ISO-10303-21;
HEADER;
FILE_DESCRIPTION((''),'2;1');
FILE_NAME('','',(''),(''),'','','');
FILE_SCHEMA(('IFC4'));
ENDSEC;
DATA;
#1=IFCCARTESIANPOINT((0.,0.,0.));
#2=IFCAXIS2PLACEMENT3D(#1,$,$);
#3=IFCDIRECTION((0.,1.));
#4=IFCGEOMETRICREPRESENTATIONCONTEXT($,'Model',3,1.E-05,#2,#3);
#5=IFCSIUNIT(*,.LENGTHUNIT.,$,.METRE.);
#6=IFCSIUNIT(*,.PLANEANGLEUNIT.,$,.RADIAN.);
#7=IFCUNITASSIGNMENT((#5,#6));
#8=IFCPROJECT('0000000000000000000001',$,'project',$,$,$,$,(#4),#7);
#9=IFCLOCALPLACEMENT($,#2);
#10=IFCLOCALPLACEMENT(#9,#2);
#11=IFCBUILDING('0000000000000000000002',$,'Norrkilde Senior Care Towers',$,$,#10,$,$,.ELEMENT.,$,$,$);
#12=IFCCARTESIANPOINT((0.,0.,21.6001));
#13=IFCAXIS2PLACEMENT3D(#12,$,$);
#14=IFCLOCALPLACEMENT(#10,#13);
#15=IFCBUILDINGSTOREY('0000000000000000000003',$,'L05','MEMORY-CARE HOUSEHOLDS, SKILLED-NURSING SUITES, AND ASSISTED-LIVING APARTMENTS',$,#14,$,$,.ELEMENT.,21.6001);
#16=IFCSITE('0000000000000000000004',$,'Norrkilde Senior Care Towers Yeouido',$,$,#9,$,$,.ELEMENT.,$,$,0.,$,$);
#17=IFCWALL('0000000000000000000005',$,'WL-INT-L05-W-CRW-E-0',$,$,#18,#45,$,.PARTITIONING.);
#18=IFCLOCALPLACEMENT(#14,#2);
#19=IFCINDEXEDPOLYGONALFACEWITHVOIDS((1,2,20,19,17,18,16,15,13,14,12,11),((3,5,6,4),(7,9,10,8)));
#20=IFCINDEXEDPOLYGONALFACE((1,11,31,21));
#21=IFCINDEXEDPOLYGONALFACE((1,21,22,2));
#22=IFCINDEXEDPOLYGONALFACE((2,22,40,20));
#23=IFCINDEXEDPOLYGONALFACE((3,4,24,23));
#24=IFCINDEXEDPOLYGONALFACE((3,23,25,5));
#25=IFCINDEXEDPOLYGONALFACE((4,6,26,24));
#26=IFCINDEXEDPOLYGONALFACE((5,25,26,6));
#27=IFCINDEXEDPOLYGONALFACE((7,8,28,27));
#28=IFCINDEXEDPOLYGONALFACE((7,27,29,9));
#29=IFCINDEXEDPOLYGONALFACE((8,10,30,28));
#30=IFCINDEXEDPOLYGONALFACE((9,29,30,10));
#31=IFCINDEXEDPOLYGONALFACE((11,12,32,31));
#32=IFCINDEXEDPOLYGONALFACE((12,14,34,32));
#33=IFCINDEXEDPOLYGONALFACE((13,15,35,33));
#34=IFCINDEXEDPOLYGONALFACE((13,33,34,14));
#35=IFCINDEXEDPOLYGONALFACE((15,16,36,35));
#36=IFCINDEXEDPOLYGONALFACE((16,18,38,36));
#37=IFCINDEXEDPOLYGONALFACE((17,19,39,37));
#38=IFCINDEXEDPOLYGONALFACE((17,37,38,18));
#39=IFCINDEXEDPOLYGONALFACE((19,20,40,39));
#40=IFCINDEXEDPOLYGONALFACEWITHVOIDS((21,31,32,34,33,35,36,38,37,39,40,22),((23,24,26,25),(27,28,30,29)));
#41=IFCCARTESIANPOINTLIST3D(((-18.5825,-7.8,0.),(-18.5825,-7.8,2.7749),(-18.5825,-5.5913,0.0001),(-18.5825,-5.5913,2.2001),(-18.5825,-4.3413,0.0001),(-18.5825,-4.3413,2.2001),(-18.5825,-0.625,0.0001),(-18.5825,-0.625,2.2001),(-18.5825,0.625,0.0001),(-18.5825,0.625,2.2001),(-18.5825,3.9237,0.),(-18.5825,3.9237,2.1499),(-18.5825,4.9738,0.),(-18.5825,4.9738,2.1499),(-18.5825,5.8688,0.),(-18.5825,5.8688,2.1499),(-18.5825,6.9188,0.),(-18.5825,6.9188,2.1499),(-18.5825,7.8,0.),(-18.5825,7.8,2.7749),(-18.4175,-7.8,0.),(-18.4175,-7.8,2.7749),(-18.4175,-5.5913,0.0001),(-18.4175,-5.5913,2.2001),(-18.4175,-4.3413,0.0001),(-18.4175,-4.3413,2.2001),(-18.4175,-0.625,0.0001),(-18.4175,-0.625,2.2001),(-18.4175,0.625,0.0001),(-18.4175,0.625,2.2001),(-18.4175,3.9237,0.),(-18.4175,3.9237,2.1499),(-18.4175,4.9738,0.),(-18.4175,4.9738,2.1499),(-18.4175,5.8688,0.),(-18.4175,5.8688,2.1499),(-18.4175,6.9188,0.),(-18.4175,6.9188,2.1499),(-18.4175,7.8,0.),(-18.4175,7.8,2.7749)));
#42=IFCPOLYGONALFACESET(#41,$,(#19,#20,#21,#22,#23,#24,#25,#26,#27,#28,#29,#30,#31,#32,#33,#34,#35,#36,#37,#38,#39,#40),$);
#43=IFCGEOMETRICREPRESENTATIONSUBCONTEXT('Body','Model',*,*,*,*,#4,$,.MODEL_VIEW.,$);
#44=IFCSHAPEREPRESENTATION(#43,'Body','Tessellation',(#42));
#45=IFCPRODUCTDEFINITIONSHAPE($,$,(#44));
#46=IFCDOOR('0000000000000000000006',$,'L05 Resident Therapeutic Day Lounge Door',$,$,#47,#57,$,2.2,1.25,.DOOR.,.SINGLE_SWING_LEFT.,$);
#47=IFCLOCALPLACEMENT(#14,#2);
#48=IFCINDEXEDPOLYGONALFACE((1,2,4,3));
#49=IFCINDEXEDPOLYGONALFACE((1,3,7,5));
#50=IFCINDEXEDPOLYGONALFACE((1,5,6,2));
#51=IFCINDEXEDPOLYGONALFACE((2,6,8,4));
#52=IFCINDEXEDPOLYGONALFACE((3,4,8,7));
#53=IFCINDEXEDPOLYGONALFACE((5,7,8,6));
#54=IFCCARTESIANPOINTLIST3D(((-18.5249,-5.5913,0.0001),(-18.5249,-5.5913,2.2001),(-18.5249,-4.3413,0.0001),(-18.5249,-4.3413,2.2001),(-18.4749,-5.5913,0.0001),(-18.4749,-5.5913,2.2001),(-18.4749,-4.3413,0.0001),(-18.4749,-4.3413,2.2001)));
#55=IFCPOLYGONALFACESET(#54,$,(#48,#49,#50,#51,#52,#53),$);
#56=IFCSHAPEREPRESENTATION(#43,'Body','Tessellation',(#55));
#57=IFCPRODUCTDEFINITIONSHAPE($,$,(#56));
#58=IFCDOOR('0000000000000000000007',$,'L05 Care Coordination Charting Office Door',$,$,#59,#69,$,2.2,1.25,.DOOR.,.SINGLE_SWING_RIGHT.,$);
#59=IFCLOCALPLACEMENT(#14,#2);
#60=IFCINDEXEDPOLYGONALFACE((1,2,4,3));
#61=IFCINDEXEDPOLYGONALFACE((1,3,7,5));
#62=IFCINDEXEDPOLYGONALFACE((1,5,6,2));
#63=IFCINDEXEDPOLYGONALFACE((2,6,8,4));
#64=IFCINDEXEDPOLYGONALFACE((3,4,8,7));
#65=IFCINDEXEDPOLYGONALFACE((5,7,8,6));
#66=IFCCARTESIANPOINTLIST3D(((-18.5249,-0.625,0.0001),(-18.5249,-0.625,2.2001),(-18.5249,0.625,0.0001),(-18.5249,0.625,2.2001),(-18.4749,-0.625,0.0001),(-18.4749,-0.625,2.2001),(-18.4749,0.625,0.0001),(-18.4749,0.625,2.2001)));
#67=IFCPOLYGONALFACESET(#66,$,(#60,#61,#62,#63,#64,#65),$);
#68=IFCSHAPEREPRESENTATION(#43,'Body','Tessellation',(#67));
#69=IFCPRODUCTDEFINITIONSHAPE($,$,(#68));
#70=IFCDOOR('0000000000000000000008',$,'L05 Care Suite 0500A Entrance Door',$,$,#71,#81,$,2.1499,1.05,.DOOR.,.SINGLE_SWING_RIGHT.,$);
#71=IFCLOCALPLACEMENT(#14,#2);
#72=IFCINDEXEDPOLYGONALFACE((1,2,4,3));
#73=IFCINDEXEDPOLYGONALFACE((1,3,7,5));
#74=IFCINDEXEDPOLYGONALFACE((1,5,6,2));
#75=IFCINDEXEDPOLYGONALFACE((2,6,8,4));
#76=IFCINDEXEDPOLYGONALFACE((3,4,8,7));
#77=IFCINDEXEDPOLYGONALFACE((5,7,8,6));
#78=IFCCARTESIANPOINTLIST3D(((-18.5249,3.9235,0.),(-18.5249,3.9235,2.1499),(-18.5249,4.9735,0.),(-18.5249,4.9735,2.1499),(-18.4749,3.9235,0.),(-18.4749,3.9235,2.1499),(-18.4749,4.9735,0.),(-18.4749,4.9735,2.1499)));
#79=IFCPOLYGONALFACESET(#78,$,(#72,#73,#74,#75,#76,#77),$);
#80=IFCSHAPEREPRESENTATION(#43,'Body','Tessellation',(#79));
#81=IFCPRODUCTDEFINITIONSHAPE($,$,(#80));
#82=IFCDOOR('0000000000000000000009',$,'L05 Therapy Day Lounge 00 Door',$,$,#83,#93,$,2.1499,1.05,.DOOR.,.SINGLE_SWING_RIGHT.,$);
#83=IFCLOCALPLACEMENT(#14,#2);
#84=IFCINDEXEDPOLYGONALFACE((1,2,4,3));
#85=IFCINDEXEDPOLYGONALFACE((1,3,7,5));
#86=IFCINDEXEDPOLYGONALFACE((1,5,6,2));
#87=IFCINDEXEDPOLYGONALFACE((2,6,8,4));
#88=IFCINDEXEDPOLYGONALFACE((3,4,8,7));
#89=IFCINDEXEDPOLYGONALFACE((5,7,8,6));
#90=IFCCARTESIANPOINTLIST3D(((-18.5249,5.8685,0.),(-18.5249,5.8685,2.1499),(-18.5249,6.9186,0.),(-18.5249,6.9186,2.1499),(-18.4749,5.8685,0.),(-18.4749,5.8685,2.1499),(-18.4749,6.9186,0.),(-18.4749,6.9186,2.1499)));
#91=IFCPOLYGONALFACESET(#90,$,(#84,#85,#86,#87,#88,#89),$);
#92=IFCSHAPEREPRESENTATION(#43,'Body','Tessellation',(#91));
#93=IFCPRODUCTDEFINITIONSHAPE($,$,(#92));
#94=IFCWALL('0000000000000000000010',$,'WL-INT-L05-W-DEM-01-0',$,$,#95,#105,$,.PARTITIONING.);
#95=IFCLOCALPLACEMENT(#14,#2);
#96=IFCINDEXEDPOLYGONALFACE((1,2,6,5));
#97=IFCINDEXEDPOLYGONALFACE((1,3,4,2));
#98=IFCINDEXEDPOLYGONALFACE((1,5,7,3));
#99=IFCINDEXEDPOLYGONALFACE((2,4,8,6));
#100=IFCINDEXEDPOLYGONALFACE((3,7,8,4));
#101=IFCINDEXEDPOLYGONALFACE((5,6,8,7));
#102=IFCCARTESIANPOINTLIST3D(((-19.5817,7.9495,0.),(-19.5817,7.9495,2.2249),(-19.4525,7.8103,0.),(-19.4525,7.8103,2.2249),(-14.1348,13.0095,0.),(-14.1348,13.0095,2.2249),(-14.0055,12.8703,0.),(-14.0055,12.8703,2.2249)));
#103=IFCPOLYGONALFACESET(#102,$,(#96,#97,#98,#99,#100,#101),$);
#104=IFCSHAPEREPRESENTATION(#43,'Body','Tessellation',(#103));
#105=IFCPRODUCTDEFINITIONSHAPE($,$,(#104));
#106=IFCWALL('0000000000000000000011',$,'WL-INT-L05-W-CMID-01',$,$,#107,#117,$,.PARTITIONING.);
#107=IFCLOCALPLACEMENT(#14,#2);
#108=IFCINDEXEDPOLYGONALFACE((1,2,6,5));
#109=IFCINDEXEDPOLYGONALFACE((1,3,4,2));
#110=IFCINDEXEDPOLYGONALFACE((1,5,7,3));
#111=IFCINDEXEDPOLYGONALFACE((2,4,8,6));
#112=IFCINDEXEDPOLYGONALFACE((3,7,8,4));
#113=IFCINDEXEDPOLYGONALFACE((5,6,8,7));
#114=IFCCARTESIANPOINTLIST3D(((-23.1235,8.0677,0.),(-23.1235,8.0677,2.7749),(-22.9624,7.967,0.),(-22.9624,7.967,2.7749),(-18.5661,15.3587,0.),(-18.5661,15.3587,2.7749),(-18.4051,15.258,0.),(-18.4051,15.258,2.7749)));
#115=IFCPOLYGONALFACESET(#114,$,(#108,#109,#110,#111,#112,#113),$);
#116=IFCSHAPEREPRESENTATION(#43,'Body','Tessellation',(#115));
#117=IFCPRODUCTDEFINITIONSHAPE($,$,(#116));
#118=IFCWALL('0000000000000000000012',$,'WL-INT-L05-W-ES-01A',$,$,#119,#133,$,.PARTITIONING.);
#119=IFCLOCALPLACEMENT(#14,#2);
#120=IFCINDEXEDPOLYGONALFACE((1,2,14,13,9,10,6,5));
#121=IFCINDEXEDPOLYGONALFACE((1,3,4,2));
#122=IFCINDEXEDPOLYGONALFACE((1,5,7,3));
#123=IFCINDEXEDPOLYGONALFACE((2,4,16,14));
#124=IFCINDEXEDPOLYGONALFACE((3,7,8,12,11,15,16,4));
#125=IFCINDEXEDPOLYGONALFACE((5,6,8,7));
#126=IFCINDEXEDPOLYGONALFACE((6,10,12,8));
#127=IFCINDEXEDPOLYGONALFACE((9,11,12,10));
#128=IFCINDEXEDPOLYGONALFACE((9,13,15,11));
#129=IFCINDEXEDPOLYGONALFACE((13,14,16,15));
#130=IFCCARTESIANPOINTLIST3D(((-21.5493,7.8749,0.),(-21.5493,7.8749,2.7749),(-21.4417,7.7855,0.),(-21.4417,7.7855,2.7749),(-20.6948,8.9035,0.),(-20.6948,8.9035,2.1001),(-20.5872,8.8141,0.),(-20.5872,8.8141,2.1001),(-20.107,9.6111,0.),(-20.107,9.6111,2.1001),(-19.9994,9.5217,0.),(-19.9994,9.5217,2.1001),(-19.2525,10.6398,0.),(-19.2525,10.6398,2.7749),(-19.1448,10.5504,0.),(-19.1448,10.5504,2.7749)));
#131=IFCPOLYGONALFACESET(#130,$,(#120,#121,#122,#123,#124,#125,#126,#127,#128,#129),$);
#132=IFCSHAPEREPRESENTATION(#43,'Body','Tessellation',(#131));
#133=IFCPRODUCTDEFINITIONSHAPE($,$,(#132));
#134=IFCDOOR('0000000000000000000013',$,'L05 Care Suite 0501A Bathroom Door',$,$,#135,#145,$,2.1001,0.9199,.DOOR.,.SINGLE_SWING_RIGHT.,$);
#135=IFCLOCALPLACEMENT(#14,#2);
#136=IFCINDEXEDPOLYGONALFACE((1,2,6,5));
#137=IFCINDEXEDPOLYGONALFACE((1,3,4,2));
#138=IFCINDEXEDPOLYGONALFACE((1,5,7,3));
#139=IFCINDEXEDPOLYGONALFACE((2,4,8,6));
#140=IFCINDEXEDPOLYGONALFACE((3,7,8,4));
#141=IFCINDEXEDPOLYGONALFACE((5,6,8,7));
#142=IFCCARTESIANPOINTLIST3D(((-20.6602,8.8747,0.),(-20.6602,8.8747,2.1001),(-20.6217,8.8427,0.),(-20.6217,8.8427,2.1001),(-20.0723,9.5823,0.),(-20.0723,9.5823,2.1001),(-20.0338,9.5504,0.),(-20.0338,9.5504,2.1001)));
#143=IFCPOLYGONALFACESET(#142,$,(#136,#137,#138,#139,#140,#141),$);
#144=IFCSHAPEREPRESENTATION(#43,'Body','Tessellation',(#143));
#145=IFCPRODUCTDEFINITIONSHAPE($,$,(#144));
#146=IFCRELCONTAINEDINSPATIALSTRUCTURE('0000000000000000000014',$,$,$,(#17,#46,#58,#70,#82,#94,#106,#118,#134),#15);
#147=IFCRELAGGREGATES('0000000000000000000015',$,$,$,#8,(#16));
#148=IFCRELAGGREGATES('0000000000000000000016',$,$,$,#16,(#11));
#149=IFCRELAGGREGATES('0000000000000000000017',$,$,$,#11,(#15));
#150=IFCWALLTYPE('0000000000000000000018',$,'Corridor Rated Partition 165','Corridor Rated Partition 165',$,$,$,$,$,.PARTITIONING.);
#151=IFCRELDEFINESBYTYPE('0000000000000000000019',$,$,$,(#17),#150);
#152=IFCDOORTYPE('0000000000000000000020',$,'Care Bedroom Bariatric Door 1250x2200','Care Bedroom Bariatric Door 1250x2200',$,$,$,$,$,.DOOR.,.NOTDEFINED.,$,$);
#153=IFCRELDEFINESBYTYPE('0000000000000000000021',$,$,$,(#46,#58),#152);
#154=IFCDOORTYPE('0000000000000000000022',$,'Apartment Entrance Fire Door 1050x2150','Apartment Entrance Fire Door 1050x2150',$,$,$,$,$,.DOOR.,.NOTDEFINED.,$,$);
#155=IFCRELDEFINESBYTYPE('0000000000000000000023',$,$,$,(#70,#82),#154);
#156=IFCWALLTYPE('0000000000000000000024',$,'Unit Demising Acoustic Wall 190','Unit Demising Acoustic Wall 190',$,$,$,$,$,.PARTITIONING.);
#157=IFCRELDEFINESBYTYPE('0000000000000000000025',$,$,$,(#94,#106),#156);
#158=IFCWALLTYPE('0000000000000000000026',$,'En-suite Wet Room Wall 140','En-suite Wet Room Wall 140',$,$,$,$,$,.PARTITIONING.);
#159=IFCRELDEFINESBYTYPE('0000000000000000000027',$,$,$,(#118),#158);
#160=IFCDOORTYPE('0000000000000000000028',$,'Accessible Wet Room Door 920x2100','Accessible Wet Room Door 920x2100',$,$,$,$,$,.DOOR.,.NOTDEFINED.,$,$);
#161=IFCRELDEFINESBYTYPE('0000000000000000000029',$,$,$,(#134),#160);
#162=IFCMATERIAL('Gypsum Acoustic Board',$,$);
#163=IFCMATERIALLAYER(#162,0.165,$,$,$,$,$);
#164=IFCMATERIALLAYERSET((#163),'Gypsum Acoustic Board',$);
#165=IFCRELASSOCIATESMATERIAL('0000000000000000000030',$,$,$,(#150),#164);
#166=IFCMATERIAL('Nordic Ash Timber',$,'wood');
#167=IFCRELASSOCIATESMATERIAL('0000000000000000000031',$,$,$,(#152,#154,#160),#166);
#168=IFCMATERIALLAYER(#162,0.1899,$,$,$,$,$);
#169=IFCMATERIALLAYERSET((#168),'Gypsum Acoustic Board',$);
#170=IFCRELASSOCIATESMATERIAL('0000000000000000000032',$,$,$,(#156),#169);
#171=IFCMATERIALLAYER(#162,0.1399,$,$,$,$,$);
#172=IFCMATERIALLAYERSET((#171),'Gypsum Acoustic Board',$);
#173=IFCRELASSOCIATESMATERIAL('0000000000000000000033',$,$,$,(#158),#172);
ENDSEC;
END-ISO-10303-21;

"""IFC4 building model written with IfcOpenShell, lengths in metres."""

from ifc_helpers import new_model, si_unit, direction, frame, frame_2d, origin, place, context, subcontext, project, spatial, rectangle, extrude, source, transform, mapped, material, layer, layer_set, type_object, type_shapes, element, fill, save


model = new_model("IFC4")

# Units and contexts
model_context = context("Model", 3, precision=1e-05, world=origin(), true_north=direction((0.0, 1.0)))
body_context = subcontext(model_context, "Body", "Model", "MODEL_VIEW")
ifc_project = project(units=[si_unit("LENGTHUNIT", "METRE"), si_unit("PLANEANGLEUNIT", "RADIAN")], contexts=[model_context])

# Site, building, storey
site_placement = place(None, origin())
site = spatial("IfcSite", under=ifc_project, at=site_placement, Name="Norrkilde Senior Care Towers Yeouido", CompositionType="ELEMENT", RefElevation=0.0)
building_placement = place(site_placement, origin())
building = spatial("IfcBuilding", under=site, at=building_placement, Name="Norrkilde Senior Care Towers", CompositionType="ELEMENT")
storey_placement = place(building_placement, frame((0.0, 0.0, 21.6001)))
storey = spatial("IfcBuildingStorey", under=building, at=storey_placement, Name="L05", Description="MEMORY-CARE HOUSEHOLDS, SKILLED-NURSING SUITES, AND ASSISTED-LIVING APARTMENTS", CompositionType="ELEMENT", Elevation=21.6001)

# Wall, openings, doors
ifc_material_1 = material(Name="Gypsum Acoustic Board")
ifc_layer_1 = layer(ifc_material_1, 0.165)
ifc_layer_set_1 = layer_set([ifc_layer_1], Name="Gypsum Acoustic Board")
wall_type_1 = type_object("IfcWallType", Name="Corridor Rated Partition 165", Description="Corridor Rated Partition 165", PredefinedType="PARTITIONING", material=ifc_layer_set_1)
shared_shape_1 = source(origin(), body_context, "Body", "SweptSolid", [
    extrude(rectangle(XDim=15.6001, YDim=0.165, at=frame_2d((7.8, 0.0))), origin(), (0.0, 0.0, 1.0), 2.7749),
])
type_shapes(wall_type_1, [shared_shape_1])
wall_1_placement = place(storey_placement, frame((-18.5, 7.8, 0.0), z_axis=(0.0, 0.0, 1.0), x_axis=(0.0, -1.0, 0.0)))
wall_1 = element("IfcWall", 1, at=wall_1_placement, inside=storey, type_object=wall_type_1, Name="WL-INT-L05-W-CRW-E-0", PredefinedType="PARTITIONING", context=body_context, shape_type="MappedRepresentation", body=[
    mapped(shared_shape_1, transform((0.0, 0.0, 0.0), x_axis=(1.0, 0.0, 0.0), y_axis=(0.0, 1.0, 0.0), z_axis=(0.0, 0.0, 1.0), scale=1.0)),
])
opening_1_placement = place(wall_1_placement, frame((12.1414, 0.0, 0.0)))
opening_1 = element("IfcOpeningElement", 2, at=opening_1_placement, cuts=wall_1, PredefinedType="OPENING", context=body_context, shape_type="SweptSolid", body=[
    extrude(rectangle(XDim=1.25, YDim=2.2, at=frame_2d((0.625, 1.1001))), frame((0.0, 0.0925, 0.0), z_axis=(0.0, -1.0, 0.0), x_axis=(1.0, 0.0, 0.0)), (0.0, 0.0, 1.0), 0.1851),
])
opening_2_placement = place(wall_1_placement, frame((7.175, 0.0, 0.0)))
opening_2 = element("IfcOpeningElement", 3, at=opening_2_placement, cuts=wall_1, PredefinedType="OPENING", context=body_context, shape_type="SweptSolid", body=[
    extrude(rectangle(XDim=1.25, YDim=2.2, at=frame_2d((0.625, 1.1001))), frame((0.0, 0.0925, 0.0), z_axis=(0.0, -1.0, 0.0), x_axis=(1.0, 0.0, 0.0)), (0.0, 0.0, 1.0), 0.1851),
])
opening_3_placement = place(wall_1_placement, frame((2.8264, 0.0, 0.0)))
opening_3 = element("IfcOpeningElement", 4, at=opening_3_placement, cuts=wall_1, PredefinedType="OPENING", context=body_context, shape_type="SweptSolid", body=[
    extrude(rectangle(XDim=1.05, YDim=2.1499, at=frame_2d((0.5249, 1.075))), frame((0.0, 0.0925, 0.0), z_axis=(0.0, -1.0, 0.0), x_axis=(1.0, 0.0, 0.0)), (0.0, 0.0, 1.0), 0.1851),
])
opening_4_placement = place(wall_1_placement, frame((0.8813, 0.0, 0.0)))
opening_4 = element("IfcOpeningElement", 5, at=opening_4_placement, cuts=wall_1, PredefinedType="OPENING", context=body_context, shape_type="SweptSolid", body=[
    extrude(rectangle(XDim=1.05, YDim=2.1499, at=frame_2d((0.5249, 1.075))), frame((0.0, 0.0925, 0.0), z_axis=(0.0, -1.0, 0.0), x_axis=(1.0, 0.0, 0.0)), (0.0, 0.0, 1.0), 0.1851),
])
ifc_material_2 = material(Name="Nordic Ash Timber", Category="wood")
door_type_1 = type_object("IfcDoorType", Name="Care Bedroom Bariatric Door 1250x2200", Description="Care Bedroom Bariatric Door 1250x2200", OperationType="NOTDEFINED", PredefinedType="DOOR", material=ifc_material_2)
shared_shape_2 = source(origin(), body_context, "Body", "SweptSolid", [
    extrude(rectangle(XDim=1.25, YDim=2.2, at=frame_2d((0.625, 1.1001))), frame((0.0, 0.0249, 0.0), z_axis=(0.0, -1.0, 0.0), x_axis=(1.0, 0.0, 0.0)), (0.0, 0.0, 1.0), 0.05),
])
type_shapes(door_type_1, [shared_shape_2])
door_1_placement = place(opening_1_placement, frame((1.25, 0.0, 0.0), z_axis=(0.0, 0.0, 1.0), x_axis=(-1.0, 0.0, 0.0)))
door_1 = element("IfcDoor", 6, at=door_1_placement, inside=storey, type_object=door_type_1, Name="L05 Resident Therapeutic Day Lounge Door", OperationType="SINGLE_SWING_LEFT", OverallHeight=2.2, OverallWidth=1.25, PredefinedType="DOOR", context=body_context, shape_type="MappedRepresentation", body=[
    mapped(shared_shape_2, transform((0.0, 0.0, 0.0), x_axis=(1.0, 0.0, 0.0), y_axis=(0.0, 1.0, 0.0), z_axis=(0.0, 0.0, 1.0), scale=1.0)),
])
fill(opening_1, door_1)
door_2_placement = place(opening_2_placement, frame((1.25, 0.0, 0.0), z_axis=(0.0, 0.0, 1.0), x_axis=(-1.0, 0.0, 0.0)))
door_2 = element("IfcDoor", 7, at=door_2_placement, inside=storey, type_object=door_type_1, Name="L05 Care Coordination Charting Office Door", OperationType="SINGLE_SWING_RIGHT", OverallHeight=2.2, OverallWidth=1.25, PredefinedType="DOOR", context=body_context, shape_type="MappedRepresentation", body=[
    mapped(shared_shape_2, transform((0.0, 0.0, 0.0), x_axis=(1.0, 0.0, 0.0), y_axis=(0.0, 1.0, 0.0), z_axis=(0.0, 0.0, 1.0), scale=1.0)),
])
fill(opening_2, door_2)
door_type_2 = type_object("IfcDoorType", Name="Apartment Entrance Fire Door 1050x2150", Description="Apartment Entrance Fire Door 1050x2150", OperationType="NOTDEFINED", PredefinedType="DOOR", material=ifc_material_2)
shared_shape_3 = source(origin(), body_context, "Body", "SweptSolid", [
    extrude(rectangle(XDim=1.05, YDim=2.1499, at=frame_2d((0.5249, 1.075))), frame((0.0, 0.0249, 0.0), z_axis=(0.0, -1.0, 0.0), x_axis=(1.0, 0.0, 0.0)), (0.0, 0.0, 1.0), 0.05),
])
type_shapes(door_type_2, [shared_shape_3])
door_3_placement = place(opening_3_placement, frame((1.05, 0.0, 0.0), z_axis=(0.0, 0.0, 1.0), x_axis=(-1.0, 0.0, 0.0)))
door_3 = element("IfcDoor", 8, at=door_3_placement, inside=storey, type_object=door_type_2, Name="L05 Care Suite 0500A Entrance Door", OperationType="SINGLE_SWING_RIGHT", OverallHeight=2.1499, OverallWidth=1.05, PredefinedType="DOOR", context=body_context, shape_type="MappedRepresentation", body=[
    mapped(shared_shape_3, transform((0.0, 0.0, 0.0), x_axis=(1.0, 0.0, 0.0), y_axis=(0.0, 1.0, 0.0), z_axis=(0.0, 0.0, 1.0), scale=1.0)),
])
fill(opening_3, door_3)
door_4_placement = place(opening_4_placement, frame((1.05, 0.0, 0.0), z_axis=(0.0, 0.0, 1.0), x_axis=(-1.0, 0.0, 0.0)))
door_4 = element("IfcDoor", 9, at=door_4_placement, inside=storey, type_object=door_type_2, Name="L05 Therapy Day Lounge 00 Door", OperationType="SINGLE_SWING_RIGHT", OverallHeight=2.1499, OverallWidth=1.05, PredefinedType="DOOR", context=body_context, shape_type="MappedRepresentation", body=[
    mapped(shared_shape_3, transform((0.0, 0.0, 0.0), x_axis=(1.0, 0.0, 0.0), y_axis=(0.0, 1.0, 0.0), z_axis=(0.0, 0.0, 1.0), scale=1.0)),
])
fill(opening_4, door_4)

# Walls
ifc_layer_2 = layer(ifc_material_1, 0.1899)
ifc_layer_set_2 = layer_set([ifc_layer_2], Name="Gypsum Acoustic Board")
wall_type_2 = type_object("IfcWallType", Name="Unit Demising Acoustic Wall 190", Description="Unit Demising Acoustic Wall 190", PredefinedType="PARTITIONING", material=ifc_layer_set_2)
shared_shape_4 = source(origin(), body_context, "Body", "SweptSolid", [
    extrude(rectangle(XDim=7.4346, YDim=0.1899, at=frame_2d((3.7173, 0.0))), origin(), (0.0, 0.0, 1.0), 2.2249),
])
wall_2_placement = place(storey_placement, frame((-19.5171, 7.8799, 0.0), z_axis=(0.0, 0.0, 1.0), x_axis=(0.732652, 0.680603, 0.0)))
element("IfcWall", 10, at=wall_2_placement, inside=storey, type_object=wall_type_2, Name="WL-INT-L05-W-DEM-01-0", PredefinedType="PARTITIONING", context=body_context, shape_type="MappedRepresentation", body=[
    mapped(shared_shape_4, transform((0.0, 0.0, 0.0), x_axis=(1.0, 0.0, 0.0), y_axis=(0.0, 1.0, 0.0), z_axis=(0.0, 0.0, 1.0), scale=1.0)),
])
shared_shape_5 = source(origin(), body_context, "Body", "SweptSolid", [
    extrude(rectangle(XDim=8.5981, YDim=0.1899, at=frame_2d((4.2991, 0.0))), origin(), (0.0, 0.0, 1.0), 2.7749),
])
wall_3_placement = place(storey_placement, frame((-23.043, 8.0173, 0.0), z_axis=(0.0, 0.0, 1.0), x_axis=(0.53004, 0.847973, 0.0)))
element("IfcWall", 11, at=wall_3_placement, inside=storey, type_object=wall_type_2, Name="WL-INT-L05-W-CMID-01", PredefinedType="PARTITIONING", context=body_context, shape_type="MappedRepresentation", body=[
    mapped(shared_shape_5, transform((0.0, 0.0, 0.0), x_axis=(1.0, 0.0, 0.0), y_axis=(0.0, 1.0, 0.0), z_axis=(0.0, 0.0, 1.0), scale=1.0)),
])

# Wall, opening, door
ifc_layer_3 = layer(ifc_material_1, 0.1399)
ifc_layer_set_3 = layer_set([ifc_layer_3], Name="Gypsum Acoustic Board")
wall_type_3 = type_object("IfcWallType", Name="En-suite Wet Room Wall 140", Description="En-suite Wet Room Wall 140", PredefinedType="PARTITIONING", material=ifc_layer_set_3)
shared_shape_6 = source(origin(), body_context, "Body", "SweptSolid", [
    extrude(rectangle(XDim=3.5945, YDim=0.1399, at=frame_2d((1.7974, 0.0))), origin(), (0.0, 0.0, 1.0), 2.7749),
])
wall_4_placement = place(storey_placement, frame((-21.4956, 7.8301, 0.0), z_axis=(0.0, 0.0, 1.0), x_axis=(0.639001, 0.769206, 0.0)))
wall_4 = element("IfcWall", 12, at=wall_4_placement, inside=storey, type_object=wall_type_3, Name="WL-INT-L05-W-ES-01A", PredefinedType="PARTITIONING", context=body_context, shape_type="MappedRepresentation", body=[
    mapped(shared_shape_6, transform((0.0, 0.0, 0.0), x_axis=(1.0, 0.0, 0.0), y_axis=(0.0, 1.0, 0.0), z_axis=(0.0, 0.0, 1.0), scale=1.0)),
])
opening_5_placement = place(wall_4_placement, frame((1.3374, 0.0, 0.0)))
opening_5 = element("IfcOpeningElement", 13, at=opening_5_placement, cuts=wall_4, PredefinedType="OPENING", context=body_context, shape_type="SweptSolid", body=[
    extrude(rectangle(XDim=0.9199, YDim=2.1001, at=frame_2d((0.46, 1.05))), frame((0.0, 0.0798, 0.0), z_axis=(0.0, -1.0, 0.0), x_axis=(1.0, 0.0, 0.0)), (0.0, 0.0, 1.0), 0.1599),
])
door_type_3 = type_object("IfcDoorType", Name="Accessible Wet Room Door 920x2100", Description="Accessible Wet Room Door 920x2100", OperationType="NOTDEFINED", PredefinedType="DOOR", material=ifc_material_2)
shared_shape_7 = source(origin(), body_context, "Body", "SweptSolid", [
    extrude(rectangle(XDim=0.9199, YDim=2.1001, at=frame_2d((0.46, 1.05))), frame((0.0, 0.0249, 0.0), z_axis=(0.0, -1.0, 0.0), x_axis=(1.0, 0.0, 0.0)), (0.0, 0.0, 1.0), 0.05),
])
type_shapes(door_type_3, [shared_shape_7])
door_5_placement = place(opening_5_placement, origin())
door_5 = element("IfcDoor", 14, at=door_5_placement, inside=storey, type_object=door_type_3, Name="L05 Care Suite 0501A Bathroom Door", OperationType="SINGLE_SWING_RIGHT", OverallHeight=2.1001, OverallWidth=0.9199, PredefinedType="DOOR", context=body_context, shape_type="MappedRepresentation", body=[
    mapped(shared_shape_7, transform((0.0, 0.0, 0.0), x_axis=(1.0, 0.0, 0.0), y_axis=(0.0, 1.0, 0.0), z_axis=(0.0, 0.0, 1.0), scale=1.0)),
])
fill(opening_5, door_5)

save(model, "model.ifc")
